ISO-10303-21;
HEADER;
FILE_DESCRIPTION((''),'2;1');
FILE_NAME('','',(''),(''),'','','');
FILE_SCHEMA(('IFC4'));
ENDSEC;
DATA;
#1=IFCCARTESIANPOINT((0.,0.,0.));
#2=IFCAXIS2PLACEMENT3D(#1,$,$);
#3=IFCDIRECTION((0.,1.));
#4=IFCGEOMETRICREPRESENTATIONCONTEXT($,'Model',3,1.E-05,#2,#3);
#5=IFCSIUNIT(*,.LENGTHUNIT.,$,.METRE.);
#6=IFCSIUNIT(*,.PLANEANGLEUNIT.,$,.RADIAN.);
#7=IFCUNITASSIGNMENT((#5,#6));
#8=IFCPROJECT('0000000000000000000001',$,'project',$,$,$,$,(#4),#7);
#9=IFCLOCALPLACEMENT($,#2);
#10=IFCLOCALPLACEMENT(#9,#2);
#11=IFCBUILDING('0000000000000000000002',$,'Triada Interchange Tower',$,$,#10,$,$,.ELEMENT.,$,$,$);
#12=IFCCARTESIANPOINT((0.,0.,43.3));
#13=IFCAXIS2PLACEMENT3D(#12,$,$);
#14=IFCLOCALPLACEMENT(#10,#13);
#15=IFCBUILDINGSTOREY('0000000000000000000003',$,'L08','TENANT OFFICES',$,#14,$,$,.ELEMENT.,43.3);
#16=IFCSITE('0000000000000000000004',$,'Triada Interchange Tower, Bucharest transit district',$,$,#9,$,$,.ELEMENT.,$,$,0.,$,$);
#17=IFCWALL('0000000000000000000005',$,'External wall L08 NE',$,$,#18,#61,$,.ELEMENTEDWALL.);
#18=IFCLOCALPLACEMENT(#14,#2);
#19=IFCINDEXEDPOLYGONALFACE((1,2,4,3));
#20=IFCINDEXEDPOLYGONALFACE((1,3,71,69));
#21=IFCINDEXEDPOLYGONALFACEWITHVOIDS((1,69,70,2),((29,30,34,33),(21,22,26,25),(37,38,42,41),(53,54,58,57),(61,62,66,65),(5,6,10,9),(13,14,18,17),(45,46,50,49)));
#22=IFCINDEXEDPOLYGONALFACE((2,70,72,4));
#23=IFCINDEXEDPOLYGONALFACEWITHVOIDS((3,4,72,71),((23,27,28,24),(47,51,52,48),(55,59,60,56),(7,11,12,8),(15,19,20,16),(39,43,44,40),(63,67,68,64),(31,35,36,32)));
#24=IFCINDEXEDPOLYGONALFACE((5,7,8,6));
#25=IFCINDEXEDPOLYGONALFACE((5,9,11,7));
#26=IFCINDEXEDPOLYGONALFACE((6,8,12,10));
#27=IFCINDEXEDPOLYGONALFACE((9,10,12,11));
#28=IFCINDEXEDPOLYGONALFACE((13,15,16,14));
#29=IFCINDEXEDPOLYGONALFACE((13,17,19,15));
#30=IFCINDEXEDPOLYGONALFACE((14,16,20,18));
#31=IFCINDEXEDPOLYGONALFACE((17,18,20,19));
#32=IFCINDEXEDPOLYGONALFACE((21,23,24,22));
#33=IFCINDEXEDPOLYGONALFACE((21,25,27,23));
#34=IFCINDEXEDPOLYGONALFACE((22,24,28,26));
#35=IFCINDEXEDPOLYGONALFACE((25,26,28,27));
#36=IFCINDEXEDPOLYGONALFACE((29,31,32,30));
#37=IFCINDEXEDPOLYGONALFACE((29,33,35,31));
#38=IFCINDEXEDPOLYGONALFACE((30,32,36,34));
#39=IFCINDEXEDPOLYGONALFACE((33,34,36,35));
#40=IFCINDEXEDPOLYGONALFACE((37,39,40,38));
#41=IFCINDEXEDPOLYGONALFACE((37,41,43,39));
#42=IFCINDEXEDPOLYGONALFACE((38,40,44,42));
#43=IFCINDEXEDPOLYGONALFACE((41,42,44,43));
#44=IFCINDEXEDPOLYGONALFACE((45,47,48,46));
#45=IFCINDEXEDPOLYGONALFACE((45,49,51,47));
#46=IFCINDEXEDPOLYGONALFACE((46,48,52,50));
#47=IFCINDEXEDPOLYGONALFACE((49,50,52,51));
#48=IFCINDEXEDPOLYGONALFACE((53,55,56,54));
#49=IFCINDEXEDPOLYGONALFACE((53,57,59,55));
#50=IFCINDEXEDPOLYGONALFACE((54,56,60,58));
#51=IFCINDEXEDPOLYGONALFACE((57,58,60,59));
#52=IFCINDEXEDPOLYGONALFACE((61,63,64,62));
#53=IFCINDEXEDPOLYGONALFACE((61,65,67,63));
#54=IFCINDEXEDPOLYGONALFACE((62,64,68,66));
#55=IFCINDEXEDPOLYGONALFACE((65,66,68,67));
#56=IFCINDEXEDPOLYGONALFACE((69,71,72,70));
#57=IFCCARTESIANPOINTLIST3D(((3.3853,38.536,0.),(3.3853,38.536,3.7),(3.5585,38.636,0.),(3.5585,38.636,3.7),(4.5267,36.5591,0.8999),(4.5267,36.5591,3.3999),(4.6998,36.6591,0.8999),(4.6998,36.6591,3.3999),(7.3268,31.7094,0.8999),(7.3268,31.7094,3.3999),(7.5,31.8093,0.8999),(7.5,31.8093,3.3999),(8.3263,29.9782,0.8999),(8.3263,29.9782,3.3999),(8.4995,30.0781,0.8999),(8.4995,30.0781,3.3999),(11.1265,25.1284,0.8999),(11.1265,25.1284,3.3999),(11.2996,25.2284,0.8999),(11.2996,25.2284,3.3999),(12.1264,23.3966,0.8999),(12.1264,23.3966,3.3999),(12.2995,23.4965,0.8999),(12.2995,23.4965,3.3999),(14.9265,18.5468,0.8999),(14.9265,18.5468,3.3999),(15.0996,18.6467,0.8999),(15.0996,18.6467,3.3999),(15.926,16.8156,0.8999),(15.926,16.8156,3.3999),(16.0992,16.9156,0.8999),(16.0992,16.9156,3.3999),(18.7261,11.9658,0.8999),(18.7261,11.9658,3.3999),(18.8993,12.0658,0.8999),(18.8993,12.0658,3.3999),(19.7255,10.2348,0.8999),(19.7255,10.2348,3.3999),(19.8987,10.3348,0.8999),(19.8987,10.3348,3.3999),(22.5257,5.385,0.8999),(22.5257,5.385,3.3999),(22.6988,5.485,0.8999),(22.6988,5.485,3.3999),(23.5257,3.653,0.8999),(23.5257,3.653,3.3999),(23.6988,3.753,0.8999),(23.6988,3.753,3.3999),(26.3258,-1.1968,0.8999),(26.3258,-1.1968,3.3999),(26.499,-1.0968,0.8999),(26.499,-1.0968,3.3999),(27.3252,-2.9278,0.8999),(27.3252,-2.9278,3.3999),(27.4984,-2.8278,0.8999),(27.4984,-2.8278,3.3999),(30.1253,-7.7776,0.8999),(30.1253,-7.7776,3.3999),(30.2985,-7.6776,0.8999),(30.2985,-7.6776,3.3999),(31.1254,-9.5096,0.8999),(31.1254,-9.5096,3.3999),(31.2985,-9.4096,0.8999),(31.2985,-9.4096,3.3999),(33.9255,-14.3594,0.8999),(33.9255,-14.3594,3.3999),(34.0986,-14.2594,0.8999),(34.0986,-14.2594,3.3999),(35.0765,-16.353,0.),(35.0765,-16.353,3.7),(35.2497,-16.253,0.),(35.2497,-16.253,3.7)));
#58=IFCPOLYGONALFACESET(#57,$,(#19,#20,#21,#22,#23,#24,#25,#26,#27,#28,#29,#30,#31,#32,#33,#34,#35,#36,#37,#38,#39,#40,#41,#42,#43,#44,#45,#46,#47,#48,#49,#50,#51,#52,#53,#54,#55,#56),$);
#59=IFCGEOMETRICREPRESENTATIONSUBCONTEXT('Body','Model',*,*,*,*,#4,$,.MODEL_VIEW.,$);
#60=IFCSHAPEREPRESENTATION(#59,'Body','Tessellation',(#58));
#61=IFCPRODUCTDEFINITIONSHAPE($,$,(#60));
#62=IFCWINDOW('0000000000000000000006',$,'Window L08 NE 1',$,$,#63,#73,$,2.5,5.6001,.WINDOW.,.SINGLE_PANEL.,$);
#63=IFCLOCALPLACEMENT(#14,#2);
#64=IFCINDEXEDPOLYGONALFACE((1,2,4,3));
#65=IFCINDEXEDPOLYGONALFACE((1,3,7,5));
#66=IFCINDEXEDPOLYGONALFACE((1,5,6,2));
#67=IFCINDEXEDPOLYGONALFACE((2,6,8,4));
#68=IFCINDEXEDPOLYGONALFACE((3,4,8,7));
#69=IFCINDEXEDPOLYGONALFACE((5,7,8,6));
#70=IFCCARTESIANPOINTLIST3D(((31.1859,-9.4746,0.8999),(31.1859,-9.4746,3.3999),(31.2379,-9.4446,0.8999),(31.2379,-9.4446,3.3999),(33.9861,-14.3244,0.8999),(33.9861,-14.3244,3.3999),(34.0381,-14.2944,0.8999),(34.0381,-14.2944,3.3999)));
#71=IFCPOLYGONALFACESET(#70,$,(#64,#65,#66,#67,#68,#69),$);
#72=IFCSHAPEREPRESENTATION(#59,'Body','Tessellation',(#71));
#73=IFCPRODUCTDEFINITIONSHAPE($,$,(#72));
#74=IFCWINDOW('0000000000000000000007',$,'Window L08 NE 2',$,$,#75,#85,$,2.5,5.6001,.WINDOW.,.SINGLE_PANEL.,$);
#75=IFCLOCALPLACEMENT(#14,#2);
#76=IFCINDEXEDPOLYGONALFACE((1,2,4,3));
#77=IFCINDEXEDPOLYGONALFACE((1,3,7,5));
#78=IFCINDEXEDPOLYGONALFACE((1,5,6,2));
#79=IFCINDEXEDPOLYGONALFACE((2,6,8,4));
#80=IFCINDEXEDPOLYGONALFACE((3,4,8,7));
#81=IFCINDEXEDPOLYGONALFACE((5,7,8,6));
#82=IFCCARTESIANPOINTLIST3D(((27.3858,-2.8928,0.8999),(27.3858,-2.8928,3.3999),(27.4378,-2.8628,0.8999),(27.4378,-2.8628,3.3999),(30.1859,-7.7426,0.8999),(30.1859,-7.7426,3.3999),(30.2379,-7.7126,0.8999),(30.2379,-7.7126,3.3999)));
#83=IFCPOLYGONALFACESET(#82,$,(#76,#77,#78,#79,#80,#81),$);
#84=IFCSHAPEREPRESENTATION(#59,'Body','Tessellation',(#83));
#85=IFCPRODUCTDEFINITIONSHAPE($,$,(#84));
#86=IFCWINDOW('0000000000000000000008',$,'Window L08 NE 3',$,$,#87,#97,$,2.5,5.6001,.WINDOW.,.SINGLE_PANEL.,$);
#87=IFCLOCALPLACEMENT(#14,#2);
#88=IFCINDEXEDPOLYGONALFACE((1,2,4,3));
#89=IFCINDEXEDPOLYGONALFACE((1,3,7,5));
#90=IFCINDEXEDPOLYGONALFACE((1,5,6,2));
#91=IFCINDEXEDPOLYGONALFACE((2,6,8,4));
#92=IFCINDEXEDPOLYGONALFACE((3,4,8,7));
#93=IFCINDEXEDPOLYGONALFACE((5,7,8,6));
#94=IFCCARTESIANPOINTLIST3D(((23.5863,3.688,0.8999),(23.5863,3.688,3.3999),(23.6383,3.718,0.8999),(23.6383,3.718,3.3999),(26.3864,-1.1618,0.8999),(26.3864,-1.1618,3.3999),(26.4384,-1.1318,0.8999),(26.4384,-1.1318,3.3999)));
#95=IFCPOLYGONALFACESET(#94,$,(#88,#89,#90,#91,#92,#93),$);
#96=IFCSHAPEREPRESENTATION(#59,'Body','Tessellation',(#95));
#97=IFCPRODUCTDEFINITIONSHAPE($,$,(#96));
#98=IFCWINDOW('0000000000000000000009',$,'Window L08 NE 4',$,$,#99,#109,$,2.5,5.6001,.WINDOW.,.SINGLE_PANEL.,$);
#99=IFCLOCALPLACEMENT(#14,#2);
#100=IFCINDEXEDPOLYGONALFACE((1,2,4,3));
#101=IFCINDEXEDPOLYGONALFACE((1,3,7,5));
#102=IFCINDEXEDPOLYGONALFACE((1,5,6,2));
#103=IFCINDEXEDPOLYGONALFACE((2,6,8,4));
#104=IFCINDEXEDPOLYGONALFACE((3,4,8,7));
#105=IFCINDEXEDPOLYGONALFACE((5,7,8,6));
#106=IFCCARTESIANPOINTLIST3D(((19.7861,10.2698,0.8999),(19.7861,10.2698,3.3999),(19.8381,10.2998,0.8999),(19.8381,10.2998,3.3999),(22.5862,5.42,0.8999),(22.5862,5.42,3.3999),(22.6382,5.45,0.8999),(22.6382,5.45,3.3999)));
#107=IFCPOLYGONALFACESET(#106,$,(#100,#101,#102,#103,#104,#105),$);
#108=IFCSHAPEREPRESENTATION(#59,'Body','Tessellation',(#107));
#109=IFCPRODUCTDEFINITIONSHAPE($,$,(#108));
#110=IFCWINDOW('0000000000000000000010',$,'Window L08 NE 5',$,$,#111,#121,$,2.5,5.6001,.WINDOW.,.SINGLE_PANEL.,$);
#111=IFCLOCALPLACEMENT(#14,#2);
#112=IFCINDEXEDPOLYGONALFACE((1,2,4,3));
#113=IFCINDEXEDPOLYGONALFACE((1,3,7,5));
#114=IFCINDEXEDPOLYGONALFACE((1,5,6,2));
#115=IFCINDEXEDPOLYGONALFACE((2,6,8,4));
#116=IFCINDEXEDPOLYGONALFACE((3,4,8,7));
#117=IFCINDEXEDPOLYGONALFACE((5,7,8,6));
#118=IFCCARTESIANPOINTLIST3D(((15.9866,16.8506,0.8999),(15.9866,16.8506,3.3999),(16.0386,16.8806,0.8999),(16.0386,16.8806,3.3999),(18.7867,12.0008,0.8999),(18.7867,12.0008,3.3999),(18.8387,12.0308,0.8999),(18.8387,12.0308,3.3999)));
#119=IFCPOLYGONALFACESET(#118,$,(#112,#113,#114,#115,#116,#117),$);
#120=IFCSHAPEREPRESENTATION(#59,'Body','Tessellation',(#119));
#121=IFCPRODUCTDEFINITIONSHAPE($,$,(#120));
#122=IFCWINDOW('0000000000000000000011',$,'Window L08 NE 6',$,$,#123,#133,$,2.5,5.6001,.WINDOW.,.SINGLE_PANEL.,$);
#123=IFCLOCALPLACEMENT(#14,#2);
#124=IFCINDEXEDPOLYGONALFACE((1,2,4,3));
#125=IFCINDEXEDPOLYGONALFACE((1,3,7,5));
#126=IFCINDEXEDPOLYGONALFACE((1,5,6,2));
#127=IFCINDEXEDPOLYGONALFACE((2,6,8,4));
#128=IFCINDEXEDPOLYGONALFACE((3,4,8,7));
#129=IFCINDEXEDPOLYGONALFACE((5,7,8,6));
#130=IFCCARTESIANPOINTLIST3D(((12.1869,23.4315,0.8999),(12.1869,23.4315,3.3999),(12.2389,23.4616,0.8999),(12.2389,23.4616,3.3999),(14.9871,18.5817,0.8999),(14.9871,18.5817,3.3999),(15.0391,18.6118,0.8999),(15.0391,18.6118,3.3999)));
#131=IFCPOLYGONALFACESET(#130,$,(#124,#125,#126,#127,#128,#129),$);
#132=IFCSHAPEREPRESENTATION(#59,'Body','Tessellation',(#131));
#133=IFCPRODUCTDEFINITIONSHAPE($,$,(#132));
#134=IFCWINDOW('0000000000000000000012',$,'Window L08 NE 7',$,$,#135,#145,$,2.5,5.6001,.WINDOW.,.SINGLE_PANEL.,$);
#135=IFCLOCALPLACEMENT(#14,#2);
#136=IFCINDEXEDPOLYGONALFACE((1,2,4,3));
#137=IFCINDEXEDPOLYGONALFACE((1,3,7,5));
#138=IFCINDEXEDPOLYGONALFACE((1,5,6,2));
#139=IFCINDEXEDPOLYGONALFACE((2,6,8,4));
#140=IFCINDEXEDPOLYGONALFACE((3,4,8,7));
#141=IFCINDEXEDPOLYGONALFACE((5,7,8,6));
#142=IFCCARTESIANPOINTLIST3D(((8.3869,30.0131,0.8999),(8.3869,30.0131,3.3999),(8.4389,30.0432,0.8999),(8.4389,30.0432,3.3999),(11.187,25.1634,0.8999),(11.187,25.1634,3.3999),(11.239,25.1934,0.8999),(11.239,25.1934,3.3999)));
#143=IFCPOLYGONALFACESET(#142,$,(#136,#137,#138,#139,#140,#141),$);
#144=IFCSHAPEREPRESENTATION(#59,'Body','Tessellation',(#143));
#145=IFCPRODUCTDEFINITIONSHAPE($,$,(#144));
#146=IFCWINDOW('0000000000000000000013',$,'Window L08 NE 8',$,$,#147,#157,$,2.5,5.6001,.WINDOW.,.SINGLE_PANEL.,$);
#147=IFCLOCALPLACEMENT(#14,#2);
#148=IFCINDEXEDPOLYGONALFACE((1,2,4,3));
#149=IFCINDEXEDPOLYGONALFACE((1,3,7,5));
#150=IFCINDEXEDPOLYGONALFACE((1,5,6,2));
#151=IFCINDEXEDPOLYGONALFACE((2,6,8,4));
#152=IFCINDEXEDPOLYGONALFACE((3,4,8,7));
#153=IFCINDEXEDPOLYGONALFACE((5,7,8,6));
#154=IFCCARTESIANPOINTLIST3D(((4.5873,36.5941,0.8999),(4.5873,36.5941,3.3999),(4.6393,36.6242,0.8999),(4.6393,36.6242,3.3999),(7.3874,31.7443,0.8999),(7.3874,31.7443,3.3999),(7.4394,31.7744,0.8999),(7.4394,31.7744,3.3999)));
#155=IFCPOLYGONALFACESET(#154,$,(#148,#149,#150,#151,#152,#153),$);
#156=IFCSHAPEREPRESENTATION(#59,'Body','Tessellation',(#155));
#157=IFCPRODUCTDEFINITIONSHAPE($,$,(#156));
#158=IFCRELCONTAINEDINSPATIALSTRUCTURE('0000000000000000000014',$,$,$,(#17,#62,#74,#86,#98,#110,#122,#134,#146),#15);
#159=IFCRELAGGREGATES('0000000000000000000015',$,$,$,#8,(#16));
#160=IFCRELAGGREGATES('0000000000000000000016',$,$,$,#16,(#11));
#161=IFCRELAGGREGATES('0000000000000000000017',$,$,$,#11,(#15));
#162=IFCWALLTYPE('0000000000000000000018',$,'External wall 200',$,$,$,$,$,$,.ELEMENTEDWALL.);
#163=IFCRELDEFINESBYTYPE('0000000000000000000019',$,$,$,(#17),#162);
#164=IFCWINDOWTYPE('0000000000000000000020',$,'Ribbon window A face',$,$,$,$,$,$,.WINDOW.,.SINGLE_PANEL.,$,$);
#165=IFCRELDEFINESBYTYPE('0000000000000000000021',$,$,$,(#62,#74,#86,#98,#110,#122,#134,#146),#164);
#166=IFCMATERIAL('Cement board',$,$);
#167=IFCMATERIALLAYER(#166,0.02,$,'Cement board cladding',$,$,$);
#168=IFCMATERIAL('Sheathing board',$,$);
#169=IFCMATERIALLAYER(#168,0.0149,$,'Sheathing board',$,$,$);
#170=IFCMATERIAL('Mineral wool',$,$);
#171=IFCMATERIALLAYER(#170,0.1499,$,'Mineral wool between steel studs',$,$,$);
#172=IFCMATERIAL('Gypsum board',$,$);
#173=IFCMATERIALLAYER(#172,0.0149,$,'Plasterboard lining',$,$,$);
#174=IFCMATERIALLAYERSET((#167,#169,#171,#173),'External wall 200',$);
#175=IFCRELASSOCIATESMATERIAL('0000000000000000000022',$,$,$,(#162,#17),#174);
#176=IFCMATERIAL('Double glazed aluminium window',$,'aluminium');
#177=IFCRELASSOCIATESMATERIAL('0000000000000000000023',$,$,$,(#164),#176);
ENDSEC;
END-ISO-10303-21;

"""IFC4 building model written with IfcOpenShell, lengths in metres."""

from ifc_helpers import new_model, si_unit, direction, frame, frame_2d, origin, place, context, subcontext, project, spatial, rectangle, extrude, material, layer, layer_set, layer_usage, type_object, element, fill, save


model = new_model("IFC4")

# Units and contexts
model_context = context("Model", 3, precision=1e-05, world=origin(), true_north=direction((0.0, 1.0)))
body_context = subcontext(model_context, "Body", "Model", "MODEL_VIEW")
ifc_project = project(units=[si_unit("LENGTHUNIT", "METRE"), si_unit("PLANEANGLEUNIT", "RADIAN")], contexts=[model_context])

# Site, building, storey
site_placement = place(None, origin())
site = spatial("IfcSite", under=ifc_project, at=site_placement, Name="Triada Interchange Tower, Bucharest transit district", CompositionType="ELEMENT", RefElevation=0.0)
building_placement = place(site_placement, origin())
building = spatial("IfcBuilding", under=site, at=building_placement, Name="Triada Interchange Tower", CompositionType="ELEMENT")
storey_placement = place(building_placement, frame((0.0, 0.0, 43.3)))
storey = spatial("IfcBuildingStorey", under=building, at=storey_placement, Name="L08", Description="TENANT OFFICES", CompositionType="ELEMENT", Elevation=43.3)

# Shared definitions
ifc_material_1 = material(Name="Cement board")
ifc_layer_1 = layer(ifc_material_1, 0.02, Name="Cement board cladding")
ifc_material_2 = material(Name="Sheathing board")
ifc_layer_2 = layer(ifc_material_2, 0.0149, Name="Sheathing board")
ifc_material_3 = material(Name="Mineral wool")
ifc_layer_3 = layer(ifc_material_3, 0.1499, Name="Mineral wool between steel studs")
ifc_material_4 = material(Name="Gypsum board")
ifc_layer_4 = layer(ifc_material_4, 0.0149, Name="Plasterboard lining")
ifc_layer_set_1 = layer_set([ifc_layer_1, ifc_layer_2, ifc_layer_3, ifc_layer_4], Name="External wall 200")
ifc_layer_usage = layer_usage(ifc_layer_set_1, "AXIS2", "POSITIVE", -0.1001)
wall_type = type_object("IfcWallType", Name="External wall 200", PredefinedType="ELEMENTEDWALL", material=ifc_layer_set_1)
ifc_material_5 = material(Name="Double glazed aluminium window", Category="aluminium")

# Wall, openings, windows
wall_1_placement = place(storey_placement, frame((35.1631, -16.303, 0.0), z_axis=(0.0, 0.0, 1.0), x_axis=(-0.500012, 0.866018, 0.0)))
wall_1 = element("IfcWall", 1, at=wall_1_placement, inside=storey, type_object=wall_type, material=ifc_layer_usage, Name="External wall L08 NE", PredefinedType="ELEMENTEDWALL", context=body_context, shape_type="SweptSolid", body=[
    extrude(rectangle(XDim=63.3809, YDim=0.2, at=frame_2d((31.6904, 0.0))), origin(), (0.0, 0.0, 1.0), 3.7),
])
opening_1_placement = place(wall_1_placement, frame((2.302, 0.0, 0.8999)))
opening_1 = element("IfcOpeningElement", 2, at=opening_1_placement, cuts=wall_1, PredefinedType="OPENING", context=body_context, shape_type="SweptSolid", body=[
    extrude(rectangle(XDim=5.6001, YDim=2.5, at=frame_2d((2.8, 1.25))), frame((0.0, 0.1099, 0.0), z_axis=(0.0, -1.0, 0.0), x_axis=(1.0, 0.0, 0.0)), (0.0, 0.0, 1.0), 0.22),
])
opening_2_placement = place(wall_1_placement, frame((9.9021, 0.0, 0.8999)))
opening_2 = element("IfcOpeningElement", 3, at=opening_2_placement, cuts=wall_1, PredefinedType="OPENING", context=body_context, shape_type="SweptSolid", body=[
    extrude(rectangle(XDim=5.6001, YDim=2.5, at=frame_2d((2.8, 1.25))), frame((0.0, 0.1099, 0.0), z_axis=(0.0, -1.0, 0.0), x_axis=(1.0, 0.0, 0.0)), (0.0, 0.0, 1.0), 0.22),
])
opening_3_placement = place(wall_1_placement, frame((17.501, 0.0, 0.8999)))
opening_3 = element("IfcOpeningElement", 4, at=opening_3_placement, cuts=wall_1, PredefinedType="OPENING", context=body_context, shape_type="SweptSolid", body=[
    extrude(rectangle(XDim=5.6001, YDim=2.5, at=frame_2d((2.8, 1.25))), frame((0.0, 0.1099, 0.0), z_axis=(0.0, -1.0, 0.0), x_axis=(1.0, 0.0, 0.0)), (0.0, 0.0, 1.0), 0.22),
])
opening_4_placement = place(wall_1_placement, frame((25.1011, 0.0, 0.8999)))
opening_4 = element("IfcOpeningElement", 5, at=opening_4_placement, cuts=wall_1, PredefinedType="OPENING", context=body_context, shape_type="SweptSolid", body=[
    extrude(rectangle(XDim=5.6001, YDim=2.5, at=frame_2d((2.8, 1.25))), frame((0.0, 0.1099, 0.0), z_axis=(0.0, -1.0, 0.0), x_axis=(1.0, 0.0, 0.0)), (0.0, 0.0, 1.0), 0.22),
])
opening_5_placement = place(wall_1_placement, frame((32.7, 0.0, 0.8999)))
opening_5 = element("IfcOpeningElement", 6, at=opening_5_placement, cuts=wall_1, PredefinedType="OPENING", context=body_context, shape_type="SweptSolid", body=[
    extrude(rectangle(XDim=5.6001, YDim=2.5, at=frame_2d((2.8, 1.25))), frame((0.0, 0.1099, 0.0), z_axis=(0.0, -1.0, 0.0), x_axis=(1.0, 0.0, 0.0)), (0.0, 0.0, 1.0), 0.22),
])
opening_6_placement = place(wall_1_placement, frame((40.2991, 0.0, 0.8999)))
opening_6 = element("IfcOpeningElement", 7, at=opening_6_placement, cuts=wall_1, PredefinedType="OPENING", context=body_context, shape_type="SweptSolid", body=[
    extrude(rectangle(XDim=5.6001, YDim=2.5, at=frame_2d((2.8, 1.25))), frame((0.0, 0.1099, 0.0), z_axis=(0.0, -1.0, 0.0), x_axis=(1.0, 0.0, 0.0)), (0.0, 0.0, 1.0), 0.22),
])
opening_7_placement = place(wall_1_placement, frame((47.8989, 0.0, 0.8999)))
opening_7 = element("IfcOpeningElement", 8, at=opening_7_placement, cuts=wall_1, PredefinedType="OPENING", context=body_context, shape_type="SweptSolid", body=[
    extrude(rectangle(XDim=5.6001, YDim=2.5, at=frame_2d((2.8, 1.25))), frame((0.0, 0.1099, 0.0), z_axis=(0.0, -1.0, 0.0), x_axis=(1.0, 0.0, 0.0)), (0.0, 0.0, 1.0), 0.22),
])
opening_8_placement = place(wall_1_placement, frame((55.498, 0.0, 0.8999)))
opening_8 = element("IfcOpeningElement", 9, at=opening_8_placement, cuts=wall_1, PredefinedType="OPENING", context=body_context, shape_type="SweptSolid", body=[
    extrude(rectangle(XDim=5.6001, YDim=2.5, at=frame_2d((2.8, 1.25))), frame((0.0, 0.1099, 0.0), z_axis=(0.0, -1.0, 0.0), x_axis=(1.0, 0.0, 0.0)), (0.0, 0.0, 1.0), 0.22),
])
window_type_1 = type_object("IfcWindowType", Name="Ribbon window A face", PartitioningType="SINGLE_PANEL", PredefinedType="WINDOW", material=ifc_material_5)
window_1_placement = place(opening_1_placement, origin())
window_1 = element("IfcWindow", 10, at=window_1_placement, inside=storey, type_object=window_type_1, Name="Window L08 NE 1", OverallHeight=2.5, OverallWidth=5.6001, PartitioningType="SINGLE_PANEL", PredefinedType="WINDOW", context=body_context, shape_type="SweptSolid", body=[
    extrude(rectangle(XDim=5.6001, YDim=2.5, at=frame_2d((2.8, 1.25))), frame((0.0, 0.03, 0.0), z_axis=(0.0, -1.0, 0.0), x_axis=(1.0, 0.0, 0.0)), (0.0, 0.0, 1.0), 0.0601),
])
fill(opening_1, window_1)
window_2_placement = place(opening_2_placement, origin())
window_2 = element("IfcWindow", 11, at=window_2_placement, inside=storey, type_object=window_type_1, Name="Window L08 NE 2", OverallHeight=2.5, OverallWidth=5.6001, PartitioningType="SINGLE_PANEL", PredefinedType="WINDOW", context=body_context, shape_type="SweptSolid", body=[
    extrude(rectangle(XDim=5.6001, YDim=2.5, at=frame_2d((2.8, 1.25))), frame((0.0, 0.03, 0.0), z_axis=(0.0, -1.0, 0.0), x_axis=(1.0, 0.0, 0.0)), (0.0, 0.0, 1.0), 0.0601),
])
fill(opening_2, window_2)
window_3_placement = place(opening_3_placement, origin())
window_3 = element("IfcWindow", 12, at=window_3_placement, inside=storey, type_object=window_type_1, Name="Window L08 NE 3", OverallHeight=2.5, OverallWidth=5.6001, PartitioningType="SINGLE_PANEL", PredefinedType="WINDOW", context=body_context, shape_type="SweptSolid", body=[
    extrude(rectangle(XDim=5.6001, YDim=2.5, at=frame_2d((2.8, 1.25))), frame((0.0, 0.03, 0.0), z_axis=(0.0, -1.0, 0.0), x_axis=(1.0, 0.0, 0.0)), (0.0, 0.0, 1.0), 0.0601),
])
fill(opening_3, window_3)
window_4_placement = place(opening_4_placement, origin())
window_4 = element("IfcWindow", 13, at=window_4_placement, inside=storey, type_object=window_type_1, Name="Window L08 NE 4", OverallHeight=2.5, OverallWidth=5.6001, PartitioningType="SINGLE_PANEL", PredefinedType="WINDOW", context=body_context, shape_type="SweptSolid", body=[
    extrude(rectangle(XDim=5.6001, YDim=2.5, at=frame_2d((2.8, 1.25))), frame((0.0, 0.03, 0.0), z_axis=(0.0, -1.0, 0.0), x_axis=(1.0, 0.0, 0.0)), (0.0, 0.0, 1.0), 0.0601),
])
fill(opening_4, window_4)
window_5_placement = place(opening_5_placement, origin())
window_5 = element("IfcWindow", 14, at=window_5_placement, inside=storey, type_object=window_type_1, Name="Window L08 NE 5", OverallHeight=2.5, OverallWidth=5.6001, PartitioningType="SINGLE_PANEL", PredefinedType="WINDOW", context=body_context, shape_type="SweptSolid", body=[
    extrude(rectangle(XDim=5.6001, YDim=2.5, at=frame_2d((2.8, 1.25))), frame((0.0, 0.03, 0.0), z_axis=(0.0, -1.0, 0.0), x_axis=(1.0, 0.0, 0.0)), (0.0, 0.0, 1.0), 0.0601),
])
fill(opening_5, window_5)
window_6_placement = place(opening_6_placement, origin())
window_6 = element("IfcWindow", 15, at=window_6_placement, inside=storey, type_object=window_type_1, Name="Window L08 NE 6", OverallHeight=2.5, OverallWidth=5.6001, PartitioningType="SINGLE_PANEL", PredefinedType="WINDOW", context=body_context, shape_type="SweptSolid", body=[
    extrude(rectangle(XDim=5.6001, YDim=2.5, at=frame_2d((2.8, 1.25))), frame((0.0, 0.03, 0.0), z_axis=(0.0, -1.0, 0.0), x_axis=(1.0, 0.0, 0.0)), (0.0, 0.0, 1.0), 0.0601),
])
fill(opening_6, window_6)
window_7_placement = place(opening_7_placement, origin())
window_7 = element("IfcWindow", 16, at=window_7_placement, inside=storey, type_object=window_type_1, Name="Window L08 NE 7", OverallHeight=2.5, OverallWidth=5.6001, PartitioningType="SINGLE_PANEL", PredefinedType="WINDOW", context=body_context, shape_type="SweptSolid", body=[
    extrude(rectangle(XDim=5.6001, YDim=2.5, at=frame_2d((2.8, 1.25))), frame((0.0, 0.03, 0.0), z_axis=(0.0, -1.0, 0.0), x_axis=(1.0, 0.0, 0.0)), (0.0, 0.0, 1.0), 0.0601),
])
fill(opening_7, window_7)
window_8_placement = place(opening_8_placement, origin())
window_8 = element("IfcWindow", 17, at=window_8_placement, inside=storey, type_object=window_type_1, Name="Window L08 NE 8", OverallHeight=2.5, OverallWidth=5.6001, PartitioningType="SINGLE_PANEL", PredefinedType="WINDOW", context=body_context, shape_type="SweptSolid", body=[
    extrude(rectangle(XDim=5.6001, YDim=2.5, at=frame_2d((2.8, 1.25))), frame((0.0, 0.03, 0.0), z_axis=(0.0, -1.0, 0.0), x_axis=(1.0, 0.0, 0.0)), (0.0, 0.0, 1.0), 0.0601),
])
fill(opening_8, window_8)

save(model, "model.ifc")
